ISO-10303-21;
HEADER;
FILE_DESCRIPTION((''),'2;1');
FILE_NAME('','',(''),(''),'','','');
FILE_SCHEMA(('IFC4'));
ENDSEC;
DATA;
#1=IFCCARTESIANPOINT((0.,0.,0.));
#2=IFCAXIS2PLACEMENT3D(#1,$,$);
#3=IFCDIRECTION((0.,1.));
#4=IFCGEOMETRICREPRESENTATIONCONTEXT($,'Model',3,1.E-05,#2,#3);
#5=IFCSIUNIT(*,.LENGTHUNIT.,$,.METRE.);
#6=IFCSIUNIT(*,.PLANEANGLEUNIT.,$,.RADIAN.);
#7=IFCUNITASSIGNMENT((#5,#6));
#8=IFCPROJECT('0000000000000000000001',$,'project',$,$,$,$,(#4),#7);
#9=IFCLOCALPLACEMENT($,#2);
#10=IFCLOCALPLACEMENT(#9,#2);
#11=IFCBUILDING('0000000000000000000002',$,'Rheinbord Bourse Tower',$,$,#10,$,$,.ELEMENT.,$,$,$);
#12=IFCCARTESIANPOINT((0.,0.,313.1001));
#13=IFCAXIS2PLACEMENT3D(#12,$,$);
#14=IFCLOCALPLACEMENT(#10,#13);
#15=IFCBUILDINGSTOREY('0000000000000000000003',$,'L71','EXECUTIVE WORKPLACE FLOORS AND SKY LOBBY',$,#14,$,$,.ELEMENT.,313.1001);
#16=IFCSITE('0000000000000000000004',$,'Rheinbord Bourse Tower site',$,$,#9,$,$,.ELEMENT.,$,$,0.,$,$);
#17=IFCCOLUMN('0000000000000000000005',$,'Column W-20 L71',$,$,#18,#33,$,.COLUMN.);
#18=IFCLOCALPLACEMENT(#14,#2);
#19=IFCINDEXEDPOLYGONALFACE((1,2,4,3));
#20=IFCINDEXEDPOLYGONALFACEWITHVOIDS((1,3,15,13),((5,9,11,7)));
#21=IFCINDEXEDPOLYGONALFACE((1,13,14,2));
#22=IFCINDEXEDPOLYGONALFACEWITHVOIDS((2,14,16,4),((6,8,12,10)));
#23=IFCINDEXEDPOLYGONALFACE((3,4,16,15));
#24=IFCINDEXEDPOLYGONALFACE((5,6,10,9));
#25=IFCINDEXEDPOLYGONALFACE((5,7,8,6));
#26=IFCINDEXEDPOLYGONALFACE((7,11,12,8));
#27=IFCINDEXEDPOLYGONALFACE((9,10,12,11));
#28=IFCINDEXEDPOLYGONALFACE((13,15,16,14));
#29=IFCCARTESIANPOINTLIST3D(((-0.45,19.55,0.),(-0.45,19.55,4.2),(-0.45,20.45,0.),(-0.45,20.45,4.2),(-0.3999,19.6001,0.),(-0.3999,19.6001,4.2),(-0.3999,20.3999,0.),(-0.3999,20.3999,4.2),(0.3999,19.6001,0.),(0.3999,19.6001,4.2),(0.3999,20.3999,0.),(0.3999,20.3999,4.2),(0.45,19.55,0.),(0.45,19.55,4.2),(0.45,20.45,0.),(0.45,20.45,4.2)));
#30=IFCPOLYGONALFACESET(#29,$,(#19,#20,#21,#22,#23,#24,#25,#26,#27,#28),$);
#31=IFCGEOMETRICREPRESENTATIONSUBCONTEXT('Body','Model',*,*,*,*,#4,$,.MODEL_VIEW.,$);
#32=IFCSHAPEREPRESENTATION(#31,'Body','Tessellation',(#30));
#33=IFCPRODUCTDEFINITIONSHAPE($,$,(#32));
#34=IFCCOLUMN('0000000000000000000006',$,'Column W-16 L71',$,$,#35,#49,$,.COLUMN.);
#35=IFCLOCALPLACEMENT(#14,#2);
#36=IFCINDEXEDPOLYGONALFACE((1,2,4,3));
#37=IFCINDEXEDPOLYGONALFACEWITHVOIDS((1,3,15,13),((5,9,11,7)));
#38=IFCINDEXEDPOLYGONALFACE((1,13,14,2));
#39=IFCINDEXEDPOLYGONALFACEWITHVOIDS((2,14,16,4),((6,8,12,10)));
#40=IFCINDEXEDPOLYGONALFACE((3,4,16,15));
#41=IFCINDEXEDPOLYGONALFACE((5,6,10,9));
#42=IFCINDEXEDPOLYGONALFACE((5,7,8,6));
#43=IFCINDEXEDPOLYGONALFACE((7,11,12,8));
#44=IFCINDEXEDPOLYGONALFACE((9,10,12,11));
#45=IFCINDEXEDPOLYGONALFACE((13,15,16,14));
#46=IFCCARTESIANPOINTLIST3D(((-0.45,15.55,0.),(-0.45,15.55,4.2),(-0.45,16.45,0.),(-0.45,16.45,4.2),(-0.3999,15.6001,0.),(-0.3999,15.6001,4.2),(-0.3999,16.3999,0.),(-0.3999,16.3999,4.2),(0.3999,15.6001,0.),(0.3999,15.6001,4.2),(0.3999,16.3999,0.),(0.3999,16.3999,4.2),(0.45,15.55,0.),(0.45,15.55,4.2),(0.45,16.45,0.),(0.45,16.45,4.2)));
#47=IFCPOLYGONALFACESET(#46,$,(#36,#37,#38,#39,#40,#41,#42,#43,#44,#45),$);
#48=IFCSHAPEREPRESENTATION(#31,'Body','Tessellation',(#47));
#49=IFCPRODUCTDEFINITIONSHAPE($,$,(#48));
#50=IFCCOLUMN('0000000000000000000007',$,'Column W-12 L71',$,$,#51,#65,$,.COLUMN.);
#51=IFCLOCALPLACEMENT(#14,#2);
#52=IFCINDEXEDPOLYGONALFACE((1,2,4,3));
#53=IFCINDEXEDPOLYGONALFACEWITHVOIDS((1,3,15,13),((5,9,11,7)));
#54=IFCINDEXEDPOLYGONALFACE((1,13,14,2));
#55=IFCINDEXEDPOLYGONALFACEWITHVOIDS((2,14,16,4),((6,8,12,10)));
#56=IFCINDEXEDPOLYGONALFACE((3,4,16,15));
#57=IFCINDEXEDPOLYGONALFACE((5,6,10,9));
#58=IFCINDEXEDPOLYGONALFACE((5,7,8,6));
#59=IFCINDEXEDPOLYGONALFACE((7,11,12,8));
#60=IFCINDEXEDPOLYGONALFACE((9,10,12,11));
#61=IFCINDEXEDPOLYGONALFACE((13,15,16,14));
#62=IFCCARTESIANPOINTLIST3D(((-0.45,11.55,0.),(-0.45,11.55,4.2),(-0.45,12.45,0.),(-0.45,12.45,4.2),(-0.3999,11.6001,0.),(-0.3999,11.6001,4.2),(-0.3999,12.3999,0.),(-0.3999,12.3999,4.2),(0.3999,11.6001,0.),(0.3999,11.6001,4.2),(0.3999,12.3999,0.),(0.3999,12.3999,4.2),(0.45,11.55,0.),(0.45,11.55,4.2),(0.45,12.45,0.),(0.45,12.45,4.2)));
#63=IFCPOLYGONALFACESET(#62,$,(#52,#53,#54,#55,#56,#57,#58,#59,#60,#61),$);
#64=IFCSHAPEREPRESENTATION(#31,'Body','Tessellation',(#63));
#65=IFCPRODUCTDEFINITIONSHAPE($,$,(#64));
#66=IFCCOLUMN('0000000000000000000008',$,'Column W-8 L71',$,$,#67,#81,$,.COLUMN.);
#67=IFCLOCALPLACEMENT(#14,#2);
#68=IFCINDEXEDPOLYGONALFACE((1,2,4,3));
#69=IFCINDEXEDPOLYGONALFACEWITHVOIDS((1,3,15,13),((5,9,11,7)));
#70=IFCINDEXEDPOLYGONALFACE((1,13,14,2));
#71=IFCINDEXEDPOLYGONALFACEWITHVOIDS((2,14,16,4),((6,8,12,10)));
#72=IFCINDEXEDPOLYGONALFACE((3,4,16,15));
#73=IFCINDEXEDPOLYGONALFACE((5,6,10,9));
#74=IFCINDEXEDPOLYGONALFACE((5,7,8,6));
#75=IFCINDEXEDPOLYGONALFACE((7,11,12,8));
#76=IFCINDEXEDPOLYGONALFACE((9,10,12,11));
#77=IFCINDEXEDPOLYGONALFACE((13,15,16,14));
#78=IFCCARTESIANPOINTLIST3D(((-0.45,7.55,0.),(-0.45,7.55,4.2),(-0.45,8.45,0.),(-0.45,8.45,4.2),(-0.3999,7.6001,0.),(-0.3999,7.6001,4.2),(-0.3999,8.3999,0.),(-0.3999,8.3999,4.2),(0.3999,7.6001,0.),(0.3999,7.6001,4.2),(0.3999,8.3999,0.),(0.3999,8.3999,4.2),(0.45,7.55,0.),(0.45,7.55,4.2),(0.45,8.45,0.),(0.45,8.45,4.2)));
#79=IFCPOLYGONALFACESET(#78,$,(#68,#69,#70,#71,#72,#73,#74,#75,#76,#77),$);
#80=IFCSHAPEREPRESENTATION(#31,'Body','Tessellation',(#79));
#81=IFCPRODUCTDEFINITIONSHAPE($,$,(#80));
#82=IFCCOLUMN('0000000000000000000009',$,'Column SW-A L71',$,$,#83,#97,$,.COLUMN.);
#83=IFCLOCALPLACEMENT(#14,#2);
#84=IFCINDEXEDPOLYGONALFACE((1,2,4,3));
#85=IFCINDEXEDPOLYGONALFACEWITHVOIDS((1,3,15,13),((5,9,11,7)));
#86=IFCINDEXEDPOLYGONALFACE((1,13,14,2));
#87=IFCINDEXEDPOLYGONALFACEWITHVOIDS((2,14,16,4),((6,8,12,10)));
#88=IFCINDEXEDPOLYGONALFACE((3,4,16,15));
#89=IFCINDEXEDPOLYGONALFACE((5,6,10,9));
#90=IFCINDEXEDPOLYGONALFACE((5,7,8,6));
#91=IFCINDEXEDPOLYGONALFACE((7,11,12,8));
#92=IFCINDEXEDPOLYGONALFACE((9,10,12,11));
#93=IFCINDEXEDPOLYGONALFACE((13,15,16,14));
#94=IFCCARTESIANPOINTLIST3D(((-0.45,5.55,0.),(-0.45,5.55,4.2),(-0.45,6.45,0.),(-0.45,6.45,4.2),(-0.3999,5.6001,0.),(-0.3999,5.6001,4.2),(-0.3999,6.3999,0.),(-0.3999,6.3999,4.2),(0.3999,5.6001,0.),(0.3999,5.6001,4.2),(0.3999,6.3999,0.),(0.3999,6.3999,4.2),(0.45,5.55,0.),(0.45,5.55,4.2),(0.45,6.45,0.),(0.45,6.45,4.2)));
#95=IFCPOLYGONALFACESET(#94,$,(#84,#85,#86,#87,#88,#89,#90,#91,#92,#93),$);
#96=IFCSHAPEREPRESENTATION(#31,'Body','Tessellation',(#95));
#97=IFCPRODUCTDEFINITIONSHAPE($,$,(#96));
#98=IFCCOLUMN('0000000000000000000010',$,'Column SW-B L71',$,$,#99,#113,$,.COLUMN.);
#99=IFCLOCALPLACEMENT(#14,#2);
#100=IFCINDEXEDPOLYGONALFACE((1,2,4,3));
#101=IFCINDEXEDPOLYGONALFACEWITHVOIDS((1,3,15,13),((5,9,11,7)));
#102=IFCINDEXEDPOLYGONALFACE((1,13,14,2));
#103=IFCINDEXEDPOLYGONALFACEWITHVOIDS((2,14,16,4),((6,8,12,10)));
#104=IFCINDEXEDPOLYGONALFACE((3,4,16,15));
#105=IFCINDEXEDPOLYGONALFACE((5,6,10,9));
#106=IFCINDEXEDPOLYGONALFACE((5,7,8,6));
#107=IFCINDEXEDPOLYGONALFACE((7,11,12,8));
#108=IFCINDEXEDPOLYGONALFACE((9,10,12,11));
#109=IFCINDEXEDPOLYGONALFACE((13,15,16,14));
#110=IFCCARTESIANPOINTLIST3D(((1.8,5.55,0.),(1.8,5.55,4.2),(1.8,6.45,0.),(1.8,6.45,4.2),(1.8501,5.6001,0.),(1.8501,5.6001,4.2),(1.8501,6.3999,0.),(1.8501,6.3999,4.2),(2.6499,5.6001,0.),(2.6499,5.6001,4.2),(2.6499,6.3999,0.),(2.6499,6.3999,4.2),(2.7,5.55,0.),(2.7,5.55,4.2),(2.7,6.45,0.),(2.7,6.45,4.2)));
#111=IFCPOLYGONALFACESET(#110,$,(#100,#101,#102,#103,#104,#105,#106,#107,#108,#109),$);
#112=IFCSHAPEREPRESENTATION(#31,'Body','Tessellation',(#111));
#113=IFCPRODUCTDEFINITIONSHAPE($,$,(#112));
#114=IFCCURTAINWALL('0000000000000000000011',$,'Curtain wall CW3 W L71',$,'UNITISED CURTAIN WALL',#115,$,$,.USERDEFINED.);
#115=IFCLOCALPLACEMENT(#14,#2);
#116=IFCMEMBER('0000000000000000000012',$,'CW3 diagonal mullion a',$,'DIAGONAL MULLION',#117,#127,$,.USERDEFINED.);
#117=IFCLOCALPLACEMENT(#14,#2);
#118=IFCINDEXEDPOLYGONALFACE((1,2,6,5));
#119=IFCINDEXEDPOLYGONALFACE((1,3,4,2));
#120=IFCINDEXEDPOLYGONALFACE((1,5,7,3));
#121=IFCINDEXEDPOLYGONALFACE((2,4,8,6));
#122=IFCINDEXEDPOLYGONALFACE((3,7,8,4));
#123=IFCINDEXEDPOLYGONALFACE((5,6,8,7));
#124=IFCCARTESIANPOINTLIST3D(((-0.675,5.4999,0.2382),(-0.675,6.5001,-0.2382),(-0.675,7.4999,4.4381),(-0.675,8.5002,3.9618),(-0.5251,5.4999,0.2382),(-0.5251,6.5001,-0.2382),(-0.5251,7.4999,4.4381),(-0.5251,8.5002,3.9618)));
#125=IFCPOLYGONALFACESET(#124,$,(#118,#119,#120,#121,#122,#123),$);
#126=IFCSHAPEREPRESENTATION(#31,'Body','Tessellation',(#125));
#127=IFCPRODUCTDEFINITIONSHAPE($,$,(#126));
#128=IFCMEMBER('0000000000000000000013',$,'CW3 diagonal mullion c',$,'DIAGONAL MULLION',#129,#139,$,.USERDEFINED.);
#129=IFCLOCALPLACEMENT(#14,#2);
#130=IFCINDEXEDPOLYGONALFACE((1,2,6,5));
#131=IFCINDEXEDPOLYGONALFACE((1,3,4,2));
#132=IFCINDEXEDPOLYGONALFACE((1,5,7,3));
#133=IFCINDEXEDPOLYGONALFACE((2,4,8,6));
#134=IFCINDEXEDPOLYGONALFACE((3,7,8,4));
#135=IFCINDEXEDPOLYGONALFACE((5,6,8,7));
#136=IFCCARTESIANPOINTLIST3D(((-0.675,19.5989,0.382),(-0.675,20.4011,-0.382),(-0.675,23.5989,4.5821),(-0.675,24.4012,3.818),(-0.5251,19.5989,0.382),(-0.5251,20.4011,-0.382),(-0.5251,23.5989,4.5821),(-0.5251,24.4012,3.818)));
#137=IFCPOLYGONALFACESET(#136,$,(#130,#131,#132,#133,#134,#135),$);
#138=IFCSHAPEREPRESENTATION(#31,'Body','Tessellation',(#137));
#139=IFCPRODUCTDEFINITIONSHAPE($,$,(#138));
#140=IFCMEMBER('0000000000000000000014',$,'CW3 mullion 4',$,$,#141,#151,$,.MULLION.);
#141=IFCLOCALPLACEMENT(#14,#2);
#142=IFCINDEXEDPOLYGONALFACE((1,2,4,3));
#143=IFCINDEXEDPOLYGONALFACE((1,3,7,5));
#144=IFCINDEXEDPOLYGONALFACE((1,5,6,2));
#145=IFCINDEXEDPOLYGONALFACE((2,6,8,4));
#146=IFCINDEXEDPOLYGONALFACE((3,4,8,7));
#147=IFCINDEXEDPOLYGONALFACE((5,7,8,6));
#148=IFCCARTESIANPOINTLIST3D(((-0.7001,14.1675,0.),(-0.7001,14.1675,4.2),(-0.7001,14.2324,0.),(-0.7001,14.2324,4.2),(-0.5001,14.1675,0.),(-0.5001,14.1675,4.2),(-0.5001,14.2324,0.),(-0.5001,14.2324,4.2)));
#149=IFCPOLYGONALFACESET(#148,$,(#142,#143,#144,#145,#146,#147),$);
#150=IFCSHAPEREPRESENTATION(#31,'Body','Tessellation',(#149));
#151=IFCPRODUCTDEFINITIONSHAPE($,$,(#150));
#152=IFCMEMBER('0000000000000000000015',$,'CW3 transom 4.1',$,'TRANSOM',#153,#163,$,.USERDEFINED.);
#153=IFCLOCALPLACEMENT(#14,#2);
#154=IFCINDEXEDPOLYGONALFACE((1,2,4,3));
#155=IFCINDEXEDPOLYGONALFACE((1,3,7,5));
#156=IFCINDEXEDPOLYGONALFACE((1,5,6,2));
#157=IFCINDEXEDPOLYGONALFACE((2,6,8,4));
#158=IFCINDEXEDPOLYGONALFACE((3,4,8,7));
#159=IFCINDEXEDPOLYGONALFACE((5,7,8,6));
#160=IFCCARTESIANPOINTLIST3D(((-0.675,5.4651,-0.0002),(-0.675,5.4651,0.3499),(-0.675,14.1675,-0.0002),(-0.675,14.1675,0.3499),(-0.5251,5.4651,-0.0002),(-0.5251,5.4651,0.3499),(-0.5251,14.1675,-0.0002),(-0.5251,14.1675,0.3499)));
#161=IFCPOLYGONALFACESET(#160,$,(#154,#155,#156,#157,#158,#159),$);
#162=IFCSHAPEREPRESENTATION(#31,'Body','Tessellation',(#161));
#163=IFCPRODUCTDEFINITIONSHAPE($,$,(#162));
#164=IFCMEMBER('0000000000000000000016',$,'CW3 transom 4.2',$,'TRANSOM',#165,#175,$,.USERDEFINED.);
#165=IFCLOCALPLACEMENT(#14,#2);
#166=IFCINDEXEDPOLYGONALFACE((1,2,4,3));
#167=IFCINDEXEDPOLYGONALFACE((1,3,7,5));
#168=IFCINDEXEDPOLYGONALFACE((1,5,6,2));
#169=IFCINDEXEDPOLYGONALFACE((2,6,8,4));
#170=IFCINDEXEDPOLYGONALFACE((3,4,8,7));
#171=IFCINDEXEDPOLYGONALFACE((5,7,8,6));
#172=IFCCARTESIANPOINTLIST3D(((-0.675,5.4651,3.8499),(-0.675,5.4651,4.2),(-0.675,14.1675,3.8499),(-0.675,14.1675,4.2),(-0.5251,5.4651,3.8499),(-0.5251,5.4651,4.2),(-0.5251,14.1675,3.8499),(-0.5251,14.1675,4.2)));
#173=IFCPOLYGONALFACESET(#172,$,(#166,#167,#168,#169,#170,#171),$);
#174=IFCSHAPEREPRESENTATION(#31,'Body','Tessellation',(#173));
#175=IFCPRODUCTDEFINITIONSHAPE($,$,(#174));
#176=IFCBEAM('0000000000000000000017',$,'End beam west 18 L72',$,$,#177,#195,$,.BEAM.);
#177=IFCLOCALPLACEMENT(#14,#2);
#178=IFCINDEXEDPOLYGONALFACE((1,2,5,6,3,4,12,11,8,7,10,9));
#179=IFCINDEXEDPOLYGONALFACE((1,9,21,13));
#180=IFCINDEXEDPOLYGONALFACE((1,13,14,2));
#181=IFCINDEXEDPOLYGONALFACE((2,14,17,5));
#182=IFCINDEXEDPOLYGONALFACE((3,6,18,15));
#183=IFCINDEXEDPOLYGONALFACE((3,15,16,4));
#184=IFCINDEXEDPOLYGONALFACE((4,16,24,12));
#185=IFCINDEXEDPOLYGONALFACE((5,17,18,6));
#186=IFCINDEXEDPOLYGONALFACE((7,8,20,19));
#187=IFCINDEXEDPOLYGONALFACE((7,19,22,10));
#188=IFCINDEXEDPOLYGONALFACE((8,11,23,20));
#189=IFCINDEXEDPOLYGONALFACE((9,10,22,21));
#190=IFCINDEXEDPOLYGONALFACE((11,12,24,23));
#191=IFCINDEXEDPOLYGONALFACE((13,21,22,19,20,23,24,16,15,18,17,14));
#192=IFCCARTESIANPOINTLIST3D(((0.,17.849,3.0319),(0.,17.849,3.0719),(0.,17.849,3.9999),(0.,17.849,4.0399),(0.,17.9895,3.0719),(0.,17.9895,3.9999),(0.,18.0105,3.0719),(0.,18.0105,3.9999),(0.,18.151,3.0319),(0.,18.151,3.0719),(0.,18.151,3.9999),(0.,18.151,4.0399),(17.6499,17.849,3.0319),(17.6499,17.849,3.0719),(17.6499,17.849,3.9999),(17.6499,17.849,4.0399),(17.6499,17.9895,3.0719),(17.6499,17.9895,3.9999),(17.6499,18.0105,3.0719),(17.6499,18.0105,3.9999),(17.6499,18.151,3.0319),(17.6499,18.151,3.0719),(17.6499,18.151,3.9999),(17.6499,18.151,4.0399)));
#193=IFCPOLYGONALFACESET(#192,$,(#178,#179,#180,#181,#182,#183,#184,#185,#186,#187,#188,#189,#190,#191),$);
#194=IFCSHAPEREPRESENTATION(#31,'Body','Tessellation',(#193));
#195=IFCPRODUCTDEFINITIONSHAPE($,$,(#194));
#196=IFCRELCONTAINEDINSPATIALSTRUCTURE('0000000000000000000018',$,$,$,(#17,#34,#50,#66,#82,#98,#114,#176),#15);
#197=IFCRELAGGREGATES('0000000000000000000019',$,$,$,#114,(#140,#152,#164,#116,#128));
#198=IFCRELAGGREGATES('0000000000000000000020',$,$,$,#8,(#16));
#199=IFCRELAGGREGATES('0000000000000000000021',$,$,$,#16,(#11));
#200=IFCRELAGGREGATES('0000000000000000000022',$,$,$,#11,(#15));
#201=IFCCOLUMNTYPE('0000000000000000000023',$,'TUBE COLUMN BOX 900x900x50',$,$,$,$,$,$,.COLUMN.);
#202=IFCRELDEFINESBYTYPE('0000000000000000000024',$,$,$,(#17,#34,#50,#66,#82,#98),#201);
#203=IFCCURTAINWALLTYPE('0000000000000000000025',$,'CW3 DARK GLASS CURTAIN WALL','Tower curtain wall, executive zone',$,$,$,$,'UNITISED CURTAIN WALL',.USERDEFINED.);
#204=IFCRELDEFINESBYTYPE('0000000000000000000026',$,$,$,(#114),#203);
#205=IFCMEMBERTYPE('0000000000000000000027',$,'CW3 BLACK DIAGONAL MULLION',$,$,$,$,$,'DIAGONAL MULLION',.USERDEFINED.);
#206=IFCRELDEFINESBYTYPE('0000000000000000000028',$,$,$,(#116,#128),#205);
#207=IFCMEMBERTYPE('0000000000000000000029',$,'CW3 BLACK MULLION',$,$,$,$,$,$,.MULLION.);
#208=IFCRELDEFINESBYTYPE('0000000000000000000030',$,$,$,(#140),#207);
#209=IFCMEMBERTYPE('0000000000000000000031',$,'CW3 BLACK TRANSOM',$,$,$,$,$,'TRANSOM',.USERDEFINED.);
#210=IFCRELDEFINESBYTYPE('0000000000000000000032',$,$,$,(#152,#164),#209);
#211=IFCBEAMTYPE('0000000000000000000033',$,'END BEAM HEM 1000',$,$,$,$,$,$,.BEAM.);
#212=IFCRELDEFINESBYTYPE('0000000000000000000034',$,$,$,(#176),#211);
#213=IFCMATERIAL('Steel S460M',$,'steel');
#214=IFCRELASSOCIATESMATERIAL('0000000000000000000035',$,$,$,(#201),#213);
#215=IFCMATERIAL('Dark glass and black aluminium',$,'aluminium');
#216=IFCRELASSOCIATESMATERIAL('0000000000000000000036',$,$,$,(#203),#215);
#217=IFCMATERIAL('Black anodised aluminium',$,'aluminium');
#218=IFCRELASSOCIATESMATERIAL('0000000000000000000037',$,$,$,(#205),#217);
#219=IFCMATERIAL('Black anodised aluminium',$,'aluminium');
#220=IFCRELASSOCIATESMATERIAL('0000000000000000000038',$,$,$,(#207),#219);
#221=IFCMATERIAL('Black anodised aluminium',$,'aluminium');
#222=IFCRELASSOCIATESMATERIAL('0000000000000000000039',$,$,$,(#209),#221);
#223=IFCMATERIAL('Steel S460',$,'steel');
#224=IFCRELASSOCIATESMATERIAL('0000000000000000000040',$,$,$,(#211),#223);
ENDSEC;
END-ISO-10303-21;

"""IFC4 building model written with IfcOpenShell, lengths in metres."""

from ifc_helpers import new_model, si_unit, direction, frame, origin, origin_2d, place, context, subcontext, project, spatial, rectangle, hollow_rectangle, i_section, extrude, material, material_profile, profile_set, type_object, element, aggregate, save


model = new_model("IFC4")

# Units and contexts
model_context = context("Model", 3, precision=1e-05, world=origin(), true_north=direction((0.0, 1.0)))
body_context = subcontext(model_context, "Body", "Model", "MODEL_VIEW")
ifc_project = project(units=[si_unit("LENGTHUNIT", "METRE"), si_unit("PLANEANGLEUNIT", "RADIAN")], contexts=[model_context])

# Site, building, storey
site_placement = place(None, origin())
site = spatial("IfcSite", under=ifc_project, at=site_placement, Name="Rheinbord Bourse Tower site", CompositionType="ELEMENT", RefElevation=0.0)
building_placement = place(site_placement, origin())
building = spatial("IfcBuilding", under=site, at=building_placement, Name="Rheinbord Bourse Tower", CompositionType="ELEMENT")
storey_placement = place(building_placement, frame((0.0, 0.0, 313.1001)))
storey = spatial("IfcBuildingStorey", under=building, at=storey_placement, Name="L71", Description="EXECUTIVE WORKPLACE FLOORS AND SKY LOBBY", CompositionType="ELEMENT", Elevation=313.1001)

# Columns
ifc_material_1 = material(Name="Steel S460M", Category="steel")
ifc_material_profile_1 = material_profile(ifc_material_1, hollow_rectangle(XDim=0.8999, YDim=0.8999, WallThickness=0.05, at=origin_2d()), Name="BOX 900x900x50")
ifc_profile_set_1 = profile_set([ifc_material_profile_1], Name="Steel S460M")
column_type = type_object("IfcColumnType", Name="TUBE COLUMN BOX 900x900x50", PredefinedType="COLUMN", material=ifc_profile_set_1)
for number, where, z_axis, x_axis, name in (
    (1, (0.0, 20.0, 0.0), (0.0, 0.0, 1.0), (1.0, 0.0, 0.0), "Column W-20 L71"),
    (2, (0.0, 16.0, 0.0), (0.0, 0.0, 1.0), (1.0, 0.0, 0.0), "Column W-16 L71"),
    (3, (0.0, 12.0, 0.0), (0.0, 0.0, 1.0), (1.0, 0.0, 0.0), "Column W-12 L71"),
    (4, (0.0, 8.0, 0.0), (0.0, 0.0, 1.0), (1.0, 0.0, 0.0), "Column W-8 L71"),
    (5, (0.0, 6.0, 0.0), (0.0, 0.0, 1.0), (1.0, 0.0, 0.0), "Column SW-A L71"),
    (6, (2.25, 6.0, 0.0), (0.0, 0.0, 1.0), (1.0, 0.0, 0.0), "Column SW-B L71"),
):
    element("IfcColumn", number, at=place(storey_placement, frame(where, z_axis=z_axis, x_axis=x_axis)), inside=storey, type_object=column_type, Name=name, PredefinedType="COLUMN", context=body_context, shape_type="SweptSolid", body=[
        extrude(hollow_rectangle(XDim=0.8999, YDim=0.8999, WallThickness=0.05, at=origin_2d()), origin(), (0.0, 0.0, 1.0), 4.2),
    ])

# Curtain wall, members
ifc_material_2 = material(Name="Dark glass and black aluminium", Category="aluminium")
curtain_wall_type = type_object("IfcCurtainWallType", Name="CW3 DARK GLASS CURTAIN WALL", Description="Tower curtain wall, executive zone", ElementType="UNITISED CURTAIN WALL", PredefinedType="USERDEFINED", material=ifc_material_2)
curtain_wall_placement = place(storey_placement, origin())
curtain_wall = element("IfcCurtainWall", 7, at=curtain_wall_placement, inside=storey, type_object=curtain_wall_type, Name="Curtain wall CW3 W L71", ObjectType="UNITISED CURTAIN WALL", PredefinedType="USERDEFINED")
ifc_material_3 = material(Name="Black anodised aluminium", Category="aluminium")
ifc_material_profile_2 = material_profile(ifc_material_3, rectangle(XDim=0.1499, YDim=1.1079, at=origin_2d()), Name="CW3 DIAGONAL MULLION 1108x150")
ifc_profile_set_2 = profile_set([ifc_material_profile_2], Name="Black anodised aluminium")
member_type_1 = type_object("IfcMemberType", Name="CW3 BLACK DIAGONAL MULLION", ElementType="DIAGONAL MULLION", PredefinedType="USERDEFINED", material=ifc_profile_set_2)
member_1_placement = place(storey_placement, frame((-0.6001, 6.0, 0.0), z_axis=(0.0, 0.429938, 0.902859), x_axis=(-1.0, 0.0, 0.0)))
member_1 = element("IfcMember", 8, at=member_1_placement, type_object=member_type_1, Name="CW3 diagonal mullion a", ObjectType="DIAGONAL MULLION", PredefinedType="USERDEFINED", context=body_context, shape_type="SweptSolid", body=[
    extrude(rectangle(XDim=0.1499, YDim=1.1079, at=origin_2d()), origin(), (0.0, 0.0, 1.0), 4.6519),
])
member_2_placement = place(storey_placement, frame((-0.6001, 20.0, 0.0), z_axis=(0.0, 0.689659, 0.724134), x_axis=(-1.0, 0.0, 0.0)))
member_2 = element("IfcMember", 9, at=member_2_placement, type_object=member_type_1, Name="CW3 diagonal mullion c", ObjectType="DIAGONAL MULLION", PredefinedType="USERDEFINED", context=body_context, shape_type="SweptSolid", body=[
    extrude(rectangle(XDim=0.1499, YDim=1.1079, at=origin_2d()), origin(), (0.0, 0.0, 1.0), 5.8),
])
ifc_material_4 = material(Name="Black anodised aluminium", Category="aluminium")
ifc_material_profile_3 = material_profile(ifc_material_4, rectangle(XDim=0.2, YDim=0.0649, at=origin_2d()), Name="CW3 MULLION 65x200")
ifc_profile_set_3 = profile_set([ifc_material_profile_3], Name="Black anodised aluminium")
member_type_2 = type_object("IfcMemberType", Name="CW3 BLACK MULLION", PredefinedType="MULLION", material=ifc_profile_set_3)
member_3_placement = place(storey_placement, frame((-0.6001, 14.2, 0.0), z_axis=(0.0, 0.0, 1.0), x_axis=(1.0, 0.0, 0.0)))
member_3 = element("IfcMember", 10, at=member_3_placement, type_object=member_type_2, Name="CW3 mullion 4", PredefinedType="MULLION", context=body_context, shape_type="SweptSolid", body=[
    extrude(rectangle(XDim=0.2, YDim=0.0649, at=origin_2d()), origin(), (0.0, 0.0, 1.0), 4.2),
])
ifc_material_5 = material(Name="Black anodised aluminium", Category="aluminium")
ifc_material_profile_4 = material_profile(ifc_material_5, rectangle(XDim=0.1499, YDim=0.3501, at=origin_2d()), Name="CW3 TRANSOM 350x150")
ifc_profile_set_4 = profile_set([ifc_material_profile_4], Name="Black anodised aluminium")
member_type_3 = type_object("IfcMemberType", Name="CW3 BLACK TRANSOM", ElementType="TRANSOM", PredefinedType="USERDEFINED", material=ifc_profile_set_4)
member_4_placement = place(storey_placement, frame((-0.6001, 14.1675, 0.1748), z_axis=(0.0, -1.0, 0.0), x_axis=(1.0, 0.0, 0.0)))
member_4 = element("IfcMember", 11, at=member_4_placement, type_object=member_type_3, Name="CW3 transom 4.1", ObjectType="TRANSOM", PredefinedType="USERDEFINED", context=body_context, shape_type="SweptSolid", body=[
    extrude(rectangle(XDim=0.1499, YDim=0.3501, at=origin_2d()), origin(), (0.0, 0.0, 1.0), 8.7024),
])
member_5_placement = place(storey_placement, frame((-0.6001, 14.1675, 4.0249), z_axis=(0.0, -1.0, 0.0), x_axis=(1.0, 0.0, 0.0)))
member_5 = element("IfcMember", 12, at=member_5_placement, type_object=member_type_3, Name="CW3 transom 4.2", ObjectType="TRANSOM", PredefinedType="USERDEFINED", context=body_context, shape_type="SweptSolid", body=[
    extrude(rectangle(XDim=0.1499, YDim=0.3501, at=origin_2d()), origin(), (0.0, 0.0, 1.0), 8.7024),
])

# Beam
ifc_material_6 = material(Name="Steel S460", Category="steel")
ifc_material_profile_5 = material_profile(ifc_material_6, i_section(OverallWidth=0.302, OverallDepth=1.0081, WebThickness=0.021, FlangeThickness=0.04, at=origin_2d()), Name="HEM 1000")
ifc_profile_set_5 = profile_set([ifc_material_profile_5], Name="Steel S460")
beam_type_1 = type_object("IfcBeamType", Name="END BEAM HEM 1000", PredefinedType="BEAM", material=ifc_profile_set_5)
for number, where, z_axis, x_axis, name in (
    (13, (0.0, 18.0, 3.5359), (1.0, 0.0, 0.0), (0.0, 1.0, 0.0), "End beam west 18 L72"),
):
    element("IfcBeam", number, at=place(storey_placement, frame(where, z_axis=z_axis, x_axis=x_axis)), inside=storey, type_object=beam_type_1, Name=name, PredefinedType="BEAM", context=body_context, shape_type="SweptSolid", body=[
        extrude(i_section(OverallWidth=0.302, OverallDepth=1.0081, WebThickness=0.021, FlangeThickness=0.04, at=origin_2d()), origin(), (0.0, 0.0, 1.0), 17.6499),
    ])

aggregate(curtain_wall, [member_3, member_4, member_5, member_1, member_2])

save(model, "model.ifc")
